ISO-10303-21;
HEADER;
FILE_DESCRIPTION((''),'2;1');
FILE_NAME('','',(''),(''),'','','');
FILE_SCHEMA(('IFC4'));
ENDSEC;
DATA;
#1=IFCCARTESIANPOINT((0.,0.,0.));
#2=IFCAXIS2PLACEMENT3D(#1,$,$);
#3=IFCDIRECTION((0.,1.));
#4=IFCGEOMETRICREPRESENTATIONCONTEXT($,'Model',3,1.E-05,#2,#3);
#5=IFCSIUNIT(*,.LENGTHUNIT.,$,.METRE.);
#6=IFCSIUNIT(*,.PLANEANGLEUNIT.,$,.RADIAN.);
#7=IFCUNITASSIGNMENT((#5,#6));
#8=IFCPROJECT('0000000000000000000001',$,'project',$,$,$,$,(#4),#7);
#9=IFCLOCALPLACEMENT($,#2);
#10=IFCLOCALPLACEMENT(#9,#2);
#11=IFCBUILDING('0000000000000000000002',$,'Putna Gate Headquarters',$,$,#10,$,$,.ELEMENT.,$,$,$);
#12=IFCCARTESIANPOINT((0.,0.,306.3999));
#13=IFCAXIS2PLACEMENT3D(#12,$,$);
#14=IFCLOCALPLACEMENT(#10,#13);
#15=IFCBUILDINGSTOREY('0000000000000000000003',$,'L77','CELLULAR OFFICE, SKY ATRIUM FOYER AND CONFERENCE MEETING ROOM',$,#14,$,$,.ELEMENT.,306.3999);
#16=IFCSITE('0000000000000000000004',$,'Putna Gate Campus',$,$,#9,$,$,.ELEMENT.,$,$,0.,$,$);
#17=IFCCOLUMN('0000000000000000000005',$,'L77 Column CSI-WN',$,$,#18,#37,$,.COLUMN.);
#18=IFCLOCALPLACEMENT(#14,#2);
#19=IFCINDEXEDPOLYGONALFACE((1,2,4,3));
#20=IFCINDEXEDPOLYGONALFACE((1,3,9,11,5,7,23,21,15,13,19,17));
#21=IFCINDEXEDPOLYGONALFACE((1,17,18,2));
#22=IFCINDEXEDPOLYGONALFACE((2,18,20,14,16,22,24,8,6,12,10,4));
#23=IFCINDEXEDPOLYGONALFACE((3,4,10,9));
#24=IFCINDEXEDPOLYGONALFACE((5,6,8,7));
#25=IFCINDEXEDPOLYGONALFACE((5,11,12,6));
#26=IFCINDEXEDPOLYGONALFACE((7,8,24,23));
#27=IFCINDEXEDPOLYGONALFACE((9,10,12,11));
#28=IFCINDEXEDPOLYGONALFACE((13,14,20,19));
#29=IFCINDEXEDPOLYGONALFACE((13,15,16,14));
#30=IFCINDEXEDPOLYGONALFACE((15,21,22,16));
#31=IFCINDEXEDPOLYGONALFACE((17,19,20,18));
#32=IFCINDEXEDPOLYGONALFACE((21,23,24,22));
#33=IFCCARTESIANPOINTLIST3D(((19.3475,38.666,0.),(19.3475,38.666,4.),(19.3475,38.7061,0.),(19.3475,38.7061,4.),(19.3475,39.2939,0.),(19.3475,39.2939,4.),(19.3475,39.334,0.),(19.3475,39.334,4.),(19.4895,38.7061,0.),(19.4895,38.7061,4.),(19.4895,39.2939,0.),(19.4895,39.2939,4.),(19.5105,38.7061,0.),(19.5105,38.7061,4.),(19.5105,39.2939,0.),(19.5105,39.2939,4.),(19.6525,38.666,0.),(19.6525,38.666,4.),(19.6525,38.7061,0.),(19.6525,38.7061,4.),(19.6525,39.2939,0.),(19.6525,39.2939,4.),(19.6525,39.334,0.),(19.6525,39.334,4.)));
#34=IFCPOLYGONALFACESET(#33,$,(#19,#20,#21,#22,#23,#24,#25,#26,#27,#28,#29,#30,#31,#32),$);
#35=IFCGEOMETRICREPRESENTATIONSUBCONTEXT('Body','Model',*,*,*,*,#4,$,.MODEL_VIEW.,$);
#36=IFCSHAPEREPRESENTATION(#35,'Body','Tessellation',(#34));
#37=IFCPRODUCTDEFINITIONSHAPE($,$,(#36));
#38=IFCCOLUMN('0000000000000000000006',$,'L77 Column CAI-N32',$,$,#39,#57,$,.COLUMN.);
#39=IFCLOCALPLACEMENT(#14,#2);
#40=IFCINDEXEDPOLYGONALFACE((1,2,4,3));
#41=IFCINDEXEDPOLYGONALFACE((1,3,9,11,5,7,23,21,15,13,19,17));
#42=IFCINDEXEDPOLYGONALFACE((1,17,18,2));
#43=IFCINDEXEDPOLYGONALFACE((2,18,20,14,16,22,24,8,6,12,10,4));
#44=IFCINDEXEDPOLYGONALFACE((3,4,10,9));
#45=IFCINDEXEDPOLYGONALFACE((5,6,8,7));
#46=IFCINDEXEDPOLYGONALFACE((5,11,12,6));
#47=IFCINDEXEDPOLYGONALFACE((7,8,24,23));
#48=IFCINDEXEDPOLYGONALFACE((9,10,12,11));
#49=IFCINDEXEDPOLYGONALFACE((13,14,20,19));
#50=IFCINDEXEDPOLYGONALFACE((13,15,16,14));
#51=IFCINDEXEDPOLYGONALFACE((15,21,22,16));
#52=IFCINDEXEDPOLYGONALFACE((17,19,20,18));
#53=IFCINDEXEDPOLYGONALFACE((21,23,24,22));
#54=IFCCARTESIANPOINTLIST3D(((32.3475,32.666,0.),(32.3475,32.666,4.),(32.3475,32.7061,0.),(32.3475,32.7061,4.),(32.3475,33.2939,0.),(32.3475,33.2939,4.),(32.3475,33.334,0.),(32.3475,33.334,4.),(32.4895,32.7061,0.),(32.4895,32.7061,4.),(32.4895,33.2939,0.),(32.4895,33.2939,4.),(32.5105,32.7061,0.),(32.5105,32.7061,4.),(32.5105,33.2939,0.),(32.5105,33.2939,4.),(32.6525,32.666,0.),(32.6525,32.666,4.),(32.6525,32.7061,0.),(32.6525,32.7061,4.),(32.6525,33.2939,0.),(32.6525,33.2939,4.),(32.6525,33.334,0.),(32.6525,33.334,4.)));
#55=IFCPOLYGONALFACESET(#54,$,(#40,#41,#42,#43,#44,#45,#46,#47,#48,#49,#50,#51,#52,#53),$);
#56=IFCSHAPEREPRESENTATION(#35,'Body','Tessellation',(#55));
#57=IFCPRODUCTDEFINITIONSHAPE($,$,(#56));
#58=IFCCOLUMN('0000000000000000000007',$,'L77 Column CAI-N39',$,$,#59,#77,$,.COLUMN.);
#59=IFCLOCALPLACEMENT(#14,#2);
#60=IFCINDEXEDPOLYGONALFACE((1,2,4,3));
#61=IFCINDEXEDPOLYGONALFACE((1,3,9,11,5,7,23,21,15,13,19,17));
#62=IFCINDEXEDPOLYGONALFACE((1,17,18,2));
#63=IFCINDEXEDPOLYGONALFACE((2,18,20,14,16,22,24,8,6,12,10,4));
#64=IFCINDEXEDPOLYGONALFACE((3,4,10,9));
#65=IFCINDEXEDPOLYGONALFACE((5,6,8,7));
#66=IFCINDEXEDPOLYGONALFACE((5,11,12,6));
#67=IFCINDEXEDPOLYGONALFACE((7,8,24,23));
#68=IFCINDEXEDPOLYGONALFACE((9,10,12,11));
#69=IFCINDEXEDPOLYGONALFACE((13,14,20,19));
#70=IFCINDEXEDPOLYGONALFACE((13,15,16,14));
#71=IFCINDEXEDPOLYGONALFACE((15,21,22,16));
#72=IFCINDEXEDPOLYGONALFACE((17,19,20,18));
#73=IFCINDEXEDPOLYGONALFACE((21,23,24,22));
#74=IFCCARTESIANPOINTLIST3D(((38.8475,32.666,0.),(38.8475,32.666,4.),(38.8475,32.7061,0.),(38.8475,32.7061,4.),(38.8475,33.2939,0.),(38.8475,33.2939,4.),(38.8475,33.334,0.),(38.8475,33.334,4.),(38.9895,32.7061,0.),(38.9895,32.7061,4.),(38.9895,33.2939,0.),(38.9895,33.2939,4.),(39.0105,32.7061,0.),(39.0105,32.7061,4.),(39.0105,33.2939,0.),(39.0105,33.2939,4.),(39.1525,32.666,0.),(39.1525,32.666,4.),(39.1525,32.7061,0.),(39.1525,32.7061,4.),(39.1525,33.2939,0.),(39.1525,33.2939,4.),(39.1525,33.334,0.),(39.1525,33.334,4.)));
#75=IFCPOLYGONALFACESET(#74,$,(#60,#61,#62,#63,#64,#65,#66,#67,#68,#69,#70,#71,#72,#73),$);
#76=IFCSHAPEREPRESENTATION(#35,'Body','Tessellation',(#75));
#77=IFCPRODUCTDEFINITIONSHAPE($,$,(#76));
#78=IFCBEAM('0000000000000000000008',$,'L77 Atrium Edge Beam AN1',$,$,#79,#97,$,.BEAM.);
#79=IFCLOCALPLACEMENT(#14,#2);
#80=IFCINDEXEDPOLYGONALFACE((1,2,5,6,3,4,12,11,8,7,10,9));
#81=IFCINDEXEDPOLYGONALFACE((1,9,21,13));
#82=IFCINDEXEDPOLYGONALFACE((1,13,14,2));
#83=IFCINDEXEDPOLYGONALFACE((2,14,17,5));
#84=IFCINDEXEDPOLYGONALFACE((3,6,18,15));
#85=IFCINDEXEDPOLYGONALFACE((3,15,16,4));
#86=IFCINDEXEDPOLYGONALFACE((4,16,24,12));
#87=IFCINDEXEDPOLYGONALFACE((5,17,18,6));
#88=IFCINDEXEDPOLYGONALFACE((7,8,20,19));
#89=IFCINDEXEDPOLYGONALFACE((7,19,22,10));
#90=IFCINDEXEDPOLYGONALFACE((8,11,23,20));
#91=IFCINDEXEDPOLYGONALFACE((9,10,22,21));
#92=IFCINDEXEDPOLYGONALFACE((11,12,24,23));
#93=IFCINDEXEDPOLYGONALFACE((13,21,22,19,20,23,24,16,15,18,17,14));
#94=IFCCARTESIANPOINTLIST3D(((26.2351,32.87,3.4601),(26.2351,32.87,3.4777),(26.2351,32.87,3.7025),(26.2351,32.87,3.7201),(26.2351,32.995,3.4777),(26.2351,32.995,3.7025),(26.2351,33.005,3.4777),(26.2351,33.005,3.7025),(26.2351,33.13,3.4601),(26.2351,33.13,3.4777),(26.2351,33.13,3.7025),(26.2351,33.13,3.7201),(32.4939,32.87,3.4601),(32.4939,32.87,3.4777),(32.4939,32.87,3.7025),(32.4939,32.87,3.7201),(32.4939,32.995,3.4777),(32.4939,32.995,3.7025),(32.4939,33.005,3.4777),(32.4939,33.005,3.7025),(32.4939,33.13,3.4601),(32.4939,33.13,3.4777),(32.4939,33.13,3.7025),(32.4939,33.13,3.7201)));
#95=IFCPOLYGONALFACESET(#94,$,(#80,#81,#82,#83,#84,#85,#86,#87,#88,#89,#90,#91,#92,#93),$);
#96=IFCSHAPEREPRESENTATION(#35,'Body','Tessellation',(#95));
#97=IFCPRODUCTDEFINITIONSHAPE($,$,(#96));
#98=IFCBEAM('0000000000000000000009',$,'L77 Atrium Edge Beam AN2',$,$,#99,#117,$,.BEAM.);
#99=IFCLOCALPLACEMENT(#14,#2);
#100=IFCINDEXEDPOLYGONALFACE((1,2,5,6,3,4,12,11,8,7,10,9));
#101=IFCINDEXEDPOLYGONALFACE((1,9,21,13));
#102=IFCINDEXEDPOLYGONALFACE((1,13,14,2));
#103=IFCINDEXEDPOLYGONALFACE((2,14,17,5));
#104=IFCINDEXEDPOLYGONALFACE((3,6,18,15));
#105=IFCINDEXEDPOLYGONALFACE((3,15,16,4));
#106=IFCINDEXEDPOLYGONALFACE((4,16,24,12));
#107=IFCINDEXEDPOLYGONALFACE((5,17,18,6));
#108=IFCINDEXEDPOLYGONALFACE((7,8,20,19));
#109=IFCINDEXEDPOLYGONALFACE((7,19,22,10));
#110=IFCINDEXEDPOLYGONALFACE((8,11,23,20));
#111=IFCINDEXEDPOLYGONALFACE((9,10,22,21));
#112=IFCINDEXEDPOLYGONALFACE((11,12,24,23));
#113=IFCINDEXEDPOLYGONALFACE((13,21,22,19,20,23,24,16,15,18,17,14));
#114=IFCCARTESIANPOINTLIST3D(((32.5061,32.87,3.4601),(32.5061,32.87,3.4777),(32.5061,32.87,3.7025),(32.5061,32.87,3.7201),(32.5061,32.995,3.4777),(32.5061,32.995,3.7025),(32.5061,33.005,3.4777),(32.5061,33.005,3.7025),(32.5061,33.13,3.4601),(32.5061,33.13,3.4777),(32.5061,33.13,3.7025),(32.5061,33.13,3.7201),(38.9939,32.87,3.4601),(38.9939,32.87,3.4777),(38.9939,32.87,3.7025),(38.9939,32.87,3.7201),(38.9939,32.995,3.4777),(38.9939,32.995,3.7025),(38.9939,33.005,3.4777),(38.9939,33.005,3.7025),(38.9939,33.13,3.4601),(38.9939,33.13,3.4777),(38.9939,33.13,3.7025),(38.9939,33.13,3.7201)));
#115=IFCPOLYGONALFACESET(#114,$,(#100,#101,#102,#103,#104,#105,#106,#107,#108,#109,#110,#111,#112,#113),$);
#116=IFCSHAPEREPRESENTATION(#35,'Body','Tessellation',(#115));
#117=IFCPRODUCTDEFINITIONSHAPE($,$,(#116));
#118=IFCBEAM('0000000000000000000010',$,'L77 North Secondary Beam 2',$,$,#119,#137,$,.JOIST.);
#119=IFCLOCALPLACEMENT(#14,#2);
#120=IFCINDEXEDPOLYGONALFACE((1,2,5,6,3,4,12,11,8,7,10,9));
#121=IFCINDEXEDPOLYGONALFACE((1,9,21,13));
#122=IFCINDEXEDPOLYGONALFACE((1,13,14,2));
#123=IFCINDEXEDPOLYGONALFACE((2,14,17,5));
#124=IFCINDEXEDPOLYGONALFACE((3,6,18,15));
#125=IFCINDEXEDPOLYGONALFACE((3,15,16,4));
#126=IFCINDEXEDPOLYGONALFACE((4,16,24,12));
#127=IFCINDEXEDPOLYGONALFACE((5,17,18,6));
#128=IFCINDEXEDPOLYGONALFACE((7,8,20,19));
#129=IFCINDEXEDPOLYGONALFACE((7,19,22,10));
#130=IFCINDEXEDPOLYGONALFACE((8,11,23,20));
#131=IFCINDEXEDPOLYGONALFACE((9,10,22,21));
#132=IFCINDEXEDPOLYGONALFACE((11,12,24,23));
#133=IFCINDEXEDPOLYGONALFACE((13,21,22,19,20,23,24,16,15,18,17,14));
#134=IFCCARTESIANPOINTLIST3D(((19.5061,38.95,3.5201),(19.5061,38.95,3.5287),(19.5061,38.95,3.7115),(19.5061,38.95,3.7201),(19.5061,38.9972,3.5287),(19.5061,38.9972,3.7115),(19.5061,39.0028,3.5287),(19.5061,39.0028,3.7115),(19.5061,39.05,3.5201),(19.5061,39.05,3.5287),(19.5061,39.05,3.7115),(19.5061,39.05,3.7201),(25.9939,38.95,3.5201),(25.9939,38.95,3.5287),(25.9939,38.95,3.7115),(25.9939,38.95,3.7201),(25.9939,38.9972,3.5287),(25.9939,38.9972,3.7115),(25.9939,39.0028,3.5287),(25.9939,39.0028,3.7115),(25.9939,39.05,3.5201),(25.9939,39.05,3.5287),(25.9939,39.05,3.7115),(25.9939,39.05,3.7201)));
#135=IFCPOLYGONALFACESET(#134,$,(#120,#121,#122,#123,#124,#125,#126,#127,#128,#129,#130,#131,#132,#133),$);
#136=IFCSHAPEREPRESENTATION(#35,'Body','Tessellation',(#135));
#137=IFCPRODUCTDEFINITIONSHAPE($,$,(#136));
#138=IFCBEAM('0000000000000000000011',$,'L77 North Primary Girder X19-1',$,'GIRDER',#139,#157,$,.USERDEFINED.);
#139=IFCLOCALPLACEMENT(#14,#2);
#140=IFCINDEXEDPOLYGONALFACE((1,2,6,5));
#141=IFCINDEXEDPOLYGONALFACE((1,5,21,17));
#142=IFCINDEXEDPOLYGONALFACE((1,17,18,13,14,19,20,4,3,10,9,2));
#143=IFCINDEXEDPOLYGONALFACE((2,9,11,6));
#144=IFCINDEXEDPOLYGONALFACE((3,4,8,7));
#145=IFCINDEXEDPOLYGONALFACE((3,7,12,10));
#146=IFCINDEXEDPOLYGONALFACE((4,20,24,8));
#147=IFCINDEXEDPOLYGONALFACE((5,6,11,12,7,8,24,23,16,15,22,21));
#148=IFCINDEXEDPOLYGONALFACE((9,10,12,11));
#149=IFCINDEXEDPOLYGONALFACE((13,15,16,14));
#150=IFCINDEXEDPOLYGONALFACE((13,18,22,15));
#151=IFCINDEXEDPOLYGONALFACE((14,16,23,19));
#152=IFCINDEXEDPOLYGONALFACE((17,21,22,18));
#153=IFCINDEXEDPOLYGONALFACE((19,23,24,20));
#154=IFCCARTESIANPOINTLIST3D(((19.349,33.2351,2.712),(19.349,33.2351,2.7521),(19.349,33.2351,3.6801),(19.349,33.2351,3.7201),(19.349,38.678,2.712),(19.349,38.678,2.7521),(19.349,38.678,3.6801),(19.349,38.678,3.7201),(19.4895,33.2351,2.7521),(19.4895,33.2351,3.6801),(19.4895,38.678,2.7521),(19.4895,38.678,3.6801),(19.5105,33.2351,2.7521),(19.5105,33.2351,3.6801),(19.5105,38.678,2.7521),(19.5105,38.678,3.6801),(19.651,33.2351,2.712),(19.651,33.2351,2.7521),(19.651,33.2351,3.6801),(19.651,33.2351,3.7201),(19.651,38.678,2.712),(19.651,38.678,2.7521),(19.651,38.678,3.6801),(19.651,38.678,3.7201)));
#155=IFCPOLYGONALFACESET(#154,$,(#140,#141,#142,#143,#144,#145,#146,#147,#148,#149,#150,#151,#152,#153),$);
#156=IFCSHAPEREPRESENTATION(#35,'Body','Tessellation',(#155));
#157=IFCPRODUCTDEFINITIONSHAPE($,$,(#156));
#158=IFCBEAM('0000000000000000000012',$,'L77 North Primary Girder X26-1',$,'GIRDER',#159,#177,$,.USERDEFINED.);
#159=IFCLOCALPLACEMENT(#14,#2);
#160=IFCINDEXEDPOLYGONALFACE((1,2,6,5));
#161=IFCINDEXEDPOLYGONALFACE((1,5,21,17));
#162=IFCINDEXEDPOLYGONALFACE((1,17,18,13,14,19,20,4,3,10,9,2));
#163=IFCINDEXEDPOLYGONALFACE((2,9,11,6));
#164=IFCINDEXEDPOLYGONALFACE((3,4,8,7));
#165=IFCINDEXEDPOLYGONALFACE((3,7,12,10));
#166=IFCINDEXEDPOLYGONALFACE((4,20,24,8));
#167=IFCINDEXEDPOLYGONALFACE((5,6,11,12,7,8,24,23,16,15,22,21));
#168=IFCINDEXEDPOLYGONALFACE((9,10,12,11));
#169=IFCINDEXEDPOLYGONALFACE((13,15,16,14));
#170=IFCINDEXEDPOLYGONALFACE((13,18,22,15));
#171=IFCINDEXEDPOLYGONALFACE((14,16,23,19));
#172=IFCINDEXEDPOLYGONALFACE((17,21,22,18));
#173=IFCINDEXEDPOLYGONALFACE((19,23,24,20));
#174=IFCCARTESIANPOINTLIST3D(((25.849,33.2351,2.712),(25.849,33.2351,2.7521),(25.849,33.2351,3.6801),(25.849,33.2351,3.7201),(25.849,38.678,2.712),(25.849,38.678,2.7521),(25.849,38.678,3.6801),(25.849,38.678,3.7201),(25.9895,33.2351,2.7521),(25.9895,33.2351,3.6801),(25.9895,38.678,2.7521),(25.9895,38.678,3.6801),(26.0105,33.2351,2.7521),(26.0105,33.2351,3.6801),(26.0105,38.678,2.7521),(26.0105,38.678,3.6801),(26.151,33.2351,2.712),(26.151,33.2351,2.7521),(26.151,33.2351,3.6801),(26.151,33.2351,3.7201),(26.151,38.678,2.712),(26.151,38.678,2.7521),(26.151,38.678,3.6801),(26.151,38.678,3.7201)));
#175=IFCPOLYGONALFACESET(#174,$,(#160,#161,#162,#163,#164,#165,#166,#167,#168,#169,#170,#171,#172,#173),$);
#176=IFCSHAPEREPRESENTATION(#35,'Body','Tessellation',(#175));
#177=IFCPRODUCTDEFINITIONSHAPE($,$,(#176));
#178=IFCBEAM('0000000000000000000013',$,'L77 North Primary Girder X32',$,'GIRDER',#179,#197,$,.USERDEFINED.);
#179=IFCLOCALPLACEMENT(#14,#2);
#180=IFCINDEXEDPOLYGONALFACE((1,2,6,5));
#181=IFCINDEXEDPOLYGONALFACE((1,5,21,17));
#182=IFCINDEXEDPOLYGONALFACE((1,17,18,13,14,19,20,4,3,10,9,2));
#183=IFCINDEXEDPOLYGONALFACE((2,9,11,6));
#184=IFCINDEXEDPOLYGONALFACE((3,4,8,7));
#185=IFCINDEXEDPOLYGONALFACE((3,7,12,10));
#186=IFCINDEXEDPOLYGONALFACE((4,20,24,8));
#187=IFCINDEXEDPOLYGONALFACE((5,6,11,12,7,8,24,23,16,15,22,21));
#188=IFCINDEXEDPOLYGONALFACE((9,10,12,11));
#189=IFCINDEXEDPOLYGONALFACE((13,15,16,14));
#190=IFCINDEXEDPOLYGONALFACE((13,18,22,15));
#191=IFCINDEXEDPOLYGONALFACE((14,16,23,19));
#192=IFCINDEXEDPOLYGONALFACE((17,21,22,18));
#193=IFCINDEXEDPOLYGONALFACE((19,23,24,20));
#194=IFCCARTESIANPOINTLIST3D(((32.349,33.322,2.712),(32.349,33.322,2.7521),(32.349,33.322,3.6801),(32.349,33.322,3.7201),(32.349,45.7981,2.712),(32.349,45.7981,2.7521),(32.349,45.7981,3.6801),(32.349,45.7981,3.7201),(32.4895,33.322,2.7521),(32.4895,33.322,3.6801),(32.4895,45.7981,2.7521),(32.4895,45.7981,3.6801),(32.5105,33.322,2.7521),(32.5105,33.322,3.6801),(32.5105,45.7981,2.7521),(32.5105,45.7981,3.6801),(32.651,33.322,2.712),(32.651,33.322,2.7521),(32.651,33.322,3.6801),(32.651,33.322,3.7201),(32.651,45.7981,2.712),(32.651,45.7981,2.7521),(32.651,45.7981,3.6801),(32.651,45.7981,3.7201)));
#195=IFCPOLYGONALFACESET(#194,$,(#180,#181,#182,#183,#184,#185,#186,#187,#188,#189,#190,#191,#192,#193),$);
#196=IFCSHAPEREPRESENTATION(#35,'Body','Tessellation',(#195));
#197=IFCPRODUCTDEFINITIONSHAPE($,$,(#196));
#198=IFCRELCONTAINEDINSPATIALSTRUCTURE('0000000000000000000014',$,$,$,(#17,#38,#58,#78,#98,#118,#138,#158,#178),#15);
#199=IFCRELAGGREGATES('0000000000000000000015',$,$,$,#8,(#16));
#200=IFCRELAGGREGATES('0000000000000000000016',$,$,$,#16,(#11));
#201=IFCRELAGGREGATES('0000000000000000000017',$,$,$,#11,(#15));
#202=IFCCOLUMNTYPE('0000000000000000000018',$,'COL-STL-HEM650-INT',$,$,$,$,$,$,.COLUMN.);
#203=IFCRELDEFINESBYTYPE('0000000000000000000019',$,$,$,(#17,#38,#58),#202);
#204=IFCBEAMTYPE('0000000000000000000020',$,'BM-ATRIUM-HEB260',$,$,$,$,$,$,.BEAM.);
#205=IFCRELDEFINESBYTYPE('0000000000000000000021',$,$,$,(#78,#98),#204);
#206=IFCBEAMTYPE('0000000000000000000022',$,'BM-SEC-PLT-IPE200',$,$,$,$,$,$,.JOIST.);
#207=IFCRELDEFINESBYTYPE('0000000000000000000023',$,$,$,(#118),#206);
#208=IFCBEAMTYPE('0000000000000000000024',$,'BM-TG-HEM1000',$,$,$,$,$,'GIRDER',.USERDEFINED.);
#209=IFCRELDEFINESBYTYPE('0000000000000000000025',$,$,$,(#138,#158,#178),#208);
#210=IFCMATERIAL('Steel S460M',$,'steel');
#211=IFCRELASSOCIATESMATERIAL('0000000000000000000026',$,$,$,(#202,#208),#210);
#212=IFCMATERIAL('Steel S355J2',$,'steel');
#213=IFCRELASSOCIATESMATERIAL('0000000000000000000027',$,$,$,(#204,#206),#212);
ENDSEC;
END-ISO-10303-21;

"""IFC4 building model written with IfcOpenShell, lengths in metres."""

from ifc_helpers import new_model, si_unit, direction, frame, origin, origin_2d, place, context, subcontext, project, spatial, i_section, extrude, material, material_profile, profile_set, type_object, element, save


model = new_model("IFC4")

# Units and contexts
model_context = context("Model", 3, precision=1e-05, world=origin(), true_north=direction((0.0, 1.0)))
body_context = subcontext(model_context, "Body", "Model", "MODEL_VIEW")
ifc_project = project(units=[si_unit("LENGTHUNIT", "METRE"), si_unit("PLANEANGLEUNIT", "RADIAN")], contexts=[model_context])

# Site, building, storey
site_placement = place(None, origin())
site = spatial("IfcSite", under=ifc_project, at=site_placement, Name="Putna Gate Campus", CompositionType="ELEMENT", RefElevation=0.0)
building_placement = place(site_placement, origin())
building = spatial("IfcBuilding", under=site, at=building_placement, Name="Putna Gate Headquarters", CompositionType="ELEMENT")
storey_placement = place(building_placement, frame((0.0, 0.0, 306.3999)))
storey = spatial("IfcBuildingStorey", under=building, at=storey_placement, Name="L77", Description="CELLULAR OFFICE, SKY ATRIUM FOYER AND CONFERENCE MEETING ROOM", CompositionType="ELEMENT", Elevation=306.3999)

# Columns
ifc_material_1 = material(Name="Steel S460M", Category="steel")
ifc_material_profile_1 = material_profile(ifc_material_1, i_section(OverallWidth=0.3049, OverallDepth=0.668, WebThickness=0.021, FlangeThickness=0.04, at=origin_2d()), Name="Steel S460M")
ifc_profile_set_1 = profile_set([ifc_material_profile_1], Name="Steel S460M")
column_type = type_object("IfcColumnType", Name="COL-STL-HEM650-INT", PredefinedType="COLUMN", material=ifc_profile_set_1)
for number, where, z_axis, x_axis, name in (
    (1, (19.5, 39.0, 0.0), (0.0, 0.0, 1.0), (1.0, 0.0, 0.0), "L77 Column CSI-WN"),
    (2, (32.5, 33.0, 0.0), (0.0, 0.0, 1.0), (1.0, 0.0, 0.0), "L77 Column CAI-N32"),
    (3, (39.0, 33.0, 0.0), (0.0, 0.0, 1.0), (1.0, 0.0, 0.0), "L77 Column CAI-N39"),
):
    element("IfcColumn", number, at=place(storey_placement, frame(where, z_axis=z_axis, x_axis=x_axis)), inside=storey, type_object=column_type, Name=name, PredefinedType="COLUMN", context=body_context, shape_type="SweptSolid", body=[
        extrude(i_section(OverallWidth=0.3049, OverallDepth=0.668, WebThickness=0.021, FlangeThickness=0.04, at=origin_2d()), origin(), (0.0, 0.0, 1.0), 4.0),
    ])

# Beams
ifc_material_2 = material(Name="Steel S355J2", Category="steel")
ifc_material_profile_2 = material_profile(ifc_material_2, i_section(OverallWidth=0.26, OverallDepth=0.26, WebThickness=0.01, FlangeThickness=0.0176, at=origin_2d()), Name="Steel S355J2")
ifc_profile_set_2 = profile_set([ifc_material_profile_2], Name="Steel S355J2")
beam_type_1 = type_object("IfcBeamType", Name="BM-ATRIUM-HEB260", PredefinedType="BEAM", material=ifc_profile_set_2)
beam_1_placement = place(storey_placement, frame((26.2351, 33.0, 3.5901), z_axis=(1.0, 0.0, 0.0), x_axis=(0.0, 1.0, 0.0)))
element("IfcBeam", 4, at=beam_1_placement, inside=storey, type_object=beam_type_1, Name="L77 Atrium Edge Beam AN1", PredefinedType="BEAM", context=body_context, shape_type="SweptSolid", body=[
    extrude(i_section(OverallWidth=0.26, OverallDepth=0.26, WebThickness=0.01, FlangeThickness=0.0176, at=origin_2d()), origin(), (0.0, 0.0, 1.0), 6.2588),
])
beam_2_placement = place(storey_placement, frame((32.5061, 33.0, 3.5901), z_axis=(1.0, 0.0, 0.0), x_axis=(0.0, 1.0, 0.0)))
element("IfcBeam", 5, at=beam_2_placement, inside=storey, type_object=beam_type_1, Name="L77 Atrium Edge Beam AN2", PredefinedType="BEAM", context=body_context, shape_type="SweptSolid", body=[
    extrude(i_section(OverallWidth=0.26, OverallDepth=0.26, WebThickness=0.01, FlangeThickness=0.0176, at=origin_2d()), origin(), (0.0, 0.0, 1.0), 6.4878),
])
ifc_material_profile_3 = material_profile(ifc_material_2, i_section(OverallWidth=0.1001, OverallDepth=0.2, WebThickness=0.0056, FlangeThickness=0.0085, at=origin_2d()), Name="Steel S355J2")
ifc_profile_set_3 = profile_set([ifc_material_profile_3], Name="Steel S355J2")
beam_type_2 = type_object("IfcBeamType", Name="BM-SEC-PLT-IPE200", PredefinedType="JOIST", material=ifc_profile_set_3)
beam_3_placement = place(storey_placement, frame((19.5061, 39.0, 3.6201), z_axis=(1.0, 0.0, 0.0), x_axis=(0.0, 1.0, 0.0)))
element("IfcBeam", 6, at=beam_3_placement, inside=storey, type_object=beam_type_2, Name="L77 North Secondary Beam 2", PredefinedType="JOIST", context=body_context, shape_type="SweptSolid", body=[
    extrude(i_section(OverallWidth=0.1001, OverallDepth=0.2, WebThickness=0.0056, FlangeThickness=0.0085, at=origin_2d()), origin(), (0.0, 0.0, 1.0), 6.4878),
])
ifc_material_profile_4 = material_profile(ifc_material_1, i_section(OverallWidth=0.302, OverallDepth=1.0081, WebThickness=0.021, FlangeThickness=0.04, at=origin_2d()), Name="Steel S460M")
ifc_profile_set_4 = profile_set([ifc_material_profile_4], Name="Steel S460M")
beam_type_3 = type_object("IfcBeamType", Name="BM-TG-HEM1000", ElementType="GIRDER", PredefinedType="USERDEFINED", material=ifc_profile_set_4)
for number, where, z_axis, x_axis, name in (
    (7, (19.5, 33.2351, 3.2161), (0.0, 1.0, 0.0), (-1.0, 0.0, 0.0), "L77 North Primary Girder X19-1"),
    (8, (26.0, 33.2351, 3.2161), (0.0, 1.0, 0.0), (-1.0, 0.0, 0.0), "L77 North Primary Girder X26-1"),
):
    element("IfcBeam", number, at=place(storey_placement, frame(where, z_axis=z_axis, x_axis=x_axis)), inside=storey, type_object=beam_type_3, Name=name, ObjectType="GIRDER", PredefinedType="USERDEFINED", context=body_context, shape_type="SweptSolid", body=[
        extrude(i_section(OverallWidth=0.302, OverallDepth=1.0081, WebThickness=0.021, FlangeThickness=0.04, at=origin_2d()), origin(), (0.0, 0.0, 1.0), 5.4429),
    ])
for number, where, z_axis, x_axis, name in (
    (9, (32.5, 33.322, 3.2161), (0.0, 1.0, 0.0), (-1.0, 0.0, 0.0), "L77 North Primary Girder X32"),
):
    element("IfcBeam", number, at=place(storey_placement, frame(where, z_axis=z_axis, x_axis=x_axis)), inside=storey, type_object=beam_type_3, Name=name, ObjectType="GIRDER", PredefinedType="USERDEFINED", context=body_context, shape_type="SweptSolid", body=[
        extrude(i_section(OverallWidth=0.302, OverallDepth=1.0081, WebThickness=0.021, FlangeThickness=0.04, at=origin_2d()), origin(), (0.0, 0.0, 1.0), 12.4761),
    ])

save(model, "model.ifc")
